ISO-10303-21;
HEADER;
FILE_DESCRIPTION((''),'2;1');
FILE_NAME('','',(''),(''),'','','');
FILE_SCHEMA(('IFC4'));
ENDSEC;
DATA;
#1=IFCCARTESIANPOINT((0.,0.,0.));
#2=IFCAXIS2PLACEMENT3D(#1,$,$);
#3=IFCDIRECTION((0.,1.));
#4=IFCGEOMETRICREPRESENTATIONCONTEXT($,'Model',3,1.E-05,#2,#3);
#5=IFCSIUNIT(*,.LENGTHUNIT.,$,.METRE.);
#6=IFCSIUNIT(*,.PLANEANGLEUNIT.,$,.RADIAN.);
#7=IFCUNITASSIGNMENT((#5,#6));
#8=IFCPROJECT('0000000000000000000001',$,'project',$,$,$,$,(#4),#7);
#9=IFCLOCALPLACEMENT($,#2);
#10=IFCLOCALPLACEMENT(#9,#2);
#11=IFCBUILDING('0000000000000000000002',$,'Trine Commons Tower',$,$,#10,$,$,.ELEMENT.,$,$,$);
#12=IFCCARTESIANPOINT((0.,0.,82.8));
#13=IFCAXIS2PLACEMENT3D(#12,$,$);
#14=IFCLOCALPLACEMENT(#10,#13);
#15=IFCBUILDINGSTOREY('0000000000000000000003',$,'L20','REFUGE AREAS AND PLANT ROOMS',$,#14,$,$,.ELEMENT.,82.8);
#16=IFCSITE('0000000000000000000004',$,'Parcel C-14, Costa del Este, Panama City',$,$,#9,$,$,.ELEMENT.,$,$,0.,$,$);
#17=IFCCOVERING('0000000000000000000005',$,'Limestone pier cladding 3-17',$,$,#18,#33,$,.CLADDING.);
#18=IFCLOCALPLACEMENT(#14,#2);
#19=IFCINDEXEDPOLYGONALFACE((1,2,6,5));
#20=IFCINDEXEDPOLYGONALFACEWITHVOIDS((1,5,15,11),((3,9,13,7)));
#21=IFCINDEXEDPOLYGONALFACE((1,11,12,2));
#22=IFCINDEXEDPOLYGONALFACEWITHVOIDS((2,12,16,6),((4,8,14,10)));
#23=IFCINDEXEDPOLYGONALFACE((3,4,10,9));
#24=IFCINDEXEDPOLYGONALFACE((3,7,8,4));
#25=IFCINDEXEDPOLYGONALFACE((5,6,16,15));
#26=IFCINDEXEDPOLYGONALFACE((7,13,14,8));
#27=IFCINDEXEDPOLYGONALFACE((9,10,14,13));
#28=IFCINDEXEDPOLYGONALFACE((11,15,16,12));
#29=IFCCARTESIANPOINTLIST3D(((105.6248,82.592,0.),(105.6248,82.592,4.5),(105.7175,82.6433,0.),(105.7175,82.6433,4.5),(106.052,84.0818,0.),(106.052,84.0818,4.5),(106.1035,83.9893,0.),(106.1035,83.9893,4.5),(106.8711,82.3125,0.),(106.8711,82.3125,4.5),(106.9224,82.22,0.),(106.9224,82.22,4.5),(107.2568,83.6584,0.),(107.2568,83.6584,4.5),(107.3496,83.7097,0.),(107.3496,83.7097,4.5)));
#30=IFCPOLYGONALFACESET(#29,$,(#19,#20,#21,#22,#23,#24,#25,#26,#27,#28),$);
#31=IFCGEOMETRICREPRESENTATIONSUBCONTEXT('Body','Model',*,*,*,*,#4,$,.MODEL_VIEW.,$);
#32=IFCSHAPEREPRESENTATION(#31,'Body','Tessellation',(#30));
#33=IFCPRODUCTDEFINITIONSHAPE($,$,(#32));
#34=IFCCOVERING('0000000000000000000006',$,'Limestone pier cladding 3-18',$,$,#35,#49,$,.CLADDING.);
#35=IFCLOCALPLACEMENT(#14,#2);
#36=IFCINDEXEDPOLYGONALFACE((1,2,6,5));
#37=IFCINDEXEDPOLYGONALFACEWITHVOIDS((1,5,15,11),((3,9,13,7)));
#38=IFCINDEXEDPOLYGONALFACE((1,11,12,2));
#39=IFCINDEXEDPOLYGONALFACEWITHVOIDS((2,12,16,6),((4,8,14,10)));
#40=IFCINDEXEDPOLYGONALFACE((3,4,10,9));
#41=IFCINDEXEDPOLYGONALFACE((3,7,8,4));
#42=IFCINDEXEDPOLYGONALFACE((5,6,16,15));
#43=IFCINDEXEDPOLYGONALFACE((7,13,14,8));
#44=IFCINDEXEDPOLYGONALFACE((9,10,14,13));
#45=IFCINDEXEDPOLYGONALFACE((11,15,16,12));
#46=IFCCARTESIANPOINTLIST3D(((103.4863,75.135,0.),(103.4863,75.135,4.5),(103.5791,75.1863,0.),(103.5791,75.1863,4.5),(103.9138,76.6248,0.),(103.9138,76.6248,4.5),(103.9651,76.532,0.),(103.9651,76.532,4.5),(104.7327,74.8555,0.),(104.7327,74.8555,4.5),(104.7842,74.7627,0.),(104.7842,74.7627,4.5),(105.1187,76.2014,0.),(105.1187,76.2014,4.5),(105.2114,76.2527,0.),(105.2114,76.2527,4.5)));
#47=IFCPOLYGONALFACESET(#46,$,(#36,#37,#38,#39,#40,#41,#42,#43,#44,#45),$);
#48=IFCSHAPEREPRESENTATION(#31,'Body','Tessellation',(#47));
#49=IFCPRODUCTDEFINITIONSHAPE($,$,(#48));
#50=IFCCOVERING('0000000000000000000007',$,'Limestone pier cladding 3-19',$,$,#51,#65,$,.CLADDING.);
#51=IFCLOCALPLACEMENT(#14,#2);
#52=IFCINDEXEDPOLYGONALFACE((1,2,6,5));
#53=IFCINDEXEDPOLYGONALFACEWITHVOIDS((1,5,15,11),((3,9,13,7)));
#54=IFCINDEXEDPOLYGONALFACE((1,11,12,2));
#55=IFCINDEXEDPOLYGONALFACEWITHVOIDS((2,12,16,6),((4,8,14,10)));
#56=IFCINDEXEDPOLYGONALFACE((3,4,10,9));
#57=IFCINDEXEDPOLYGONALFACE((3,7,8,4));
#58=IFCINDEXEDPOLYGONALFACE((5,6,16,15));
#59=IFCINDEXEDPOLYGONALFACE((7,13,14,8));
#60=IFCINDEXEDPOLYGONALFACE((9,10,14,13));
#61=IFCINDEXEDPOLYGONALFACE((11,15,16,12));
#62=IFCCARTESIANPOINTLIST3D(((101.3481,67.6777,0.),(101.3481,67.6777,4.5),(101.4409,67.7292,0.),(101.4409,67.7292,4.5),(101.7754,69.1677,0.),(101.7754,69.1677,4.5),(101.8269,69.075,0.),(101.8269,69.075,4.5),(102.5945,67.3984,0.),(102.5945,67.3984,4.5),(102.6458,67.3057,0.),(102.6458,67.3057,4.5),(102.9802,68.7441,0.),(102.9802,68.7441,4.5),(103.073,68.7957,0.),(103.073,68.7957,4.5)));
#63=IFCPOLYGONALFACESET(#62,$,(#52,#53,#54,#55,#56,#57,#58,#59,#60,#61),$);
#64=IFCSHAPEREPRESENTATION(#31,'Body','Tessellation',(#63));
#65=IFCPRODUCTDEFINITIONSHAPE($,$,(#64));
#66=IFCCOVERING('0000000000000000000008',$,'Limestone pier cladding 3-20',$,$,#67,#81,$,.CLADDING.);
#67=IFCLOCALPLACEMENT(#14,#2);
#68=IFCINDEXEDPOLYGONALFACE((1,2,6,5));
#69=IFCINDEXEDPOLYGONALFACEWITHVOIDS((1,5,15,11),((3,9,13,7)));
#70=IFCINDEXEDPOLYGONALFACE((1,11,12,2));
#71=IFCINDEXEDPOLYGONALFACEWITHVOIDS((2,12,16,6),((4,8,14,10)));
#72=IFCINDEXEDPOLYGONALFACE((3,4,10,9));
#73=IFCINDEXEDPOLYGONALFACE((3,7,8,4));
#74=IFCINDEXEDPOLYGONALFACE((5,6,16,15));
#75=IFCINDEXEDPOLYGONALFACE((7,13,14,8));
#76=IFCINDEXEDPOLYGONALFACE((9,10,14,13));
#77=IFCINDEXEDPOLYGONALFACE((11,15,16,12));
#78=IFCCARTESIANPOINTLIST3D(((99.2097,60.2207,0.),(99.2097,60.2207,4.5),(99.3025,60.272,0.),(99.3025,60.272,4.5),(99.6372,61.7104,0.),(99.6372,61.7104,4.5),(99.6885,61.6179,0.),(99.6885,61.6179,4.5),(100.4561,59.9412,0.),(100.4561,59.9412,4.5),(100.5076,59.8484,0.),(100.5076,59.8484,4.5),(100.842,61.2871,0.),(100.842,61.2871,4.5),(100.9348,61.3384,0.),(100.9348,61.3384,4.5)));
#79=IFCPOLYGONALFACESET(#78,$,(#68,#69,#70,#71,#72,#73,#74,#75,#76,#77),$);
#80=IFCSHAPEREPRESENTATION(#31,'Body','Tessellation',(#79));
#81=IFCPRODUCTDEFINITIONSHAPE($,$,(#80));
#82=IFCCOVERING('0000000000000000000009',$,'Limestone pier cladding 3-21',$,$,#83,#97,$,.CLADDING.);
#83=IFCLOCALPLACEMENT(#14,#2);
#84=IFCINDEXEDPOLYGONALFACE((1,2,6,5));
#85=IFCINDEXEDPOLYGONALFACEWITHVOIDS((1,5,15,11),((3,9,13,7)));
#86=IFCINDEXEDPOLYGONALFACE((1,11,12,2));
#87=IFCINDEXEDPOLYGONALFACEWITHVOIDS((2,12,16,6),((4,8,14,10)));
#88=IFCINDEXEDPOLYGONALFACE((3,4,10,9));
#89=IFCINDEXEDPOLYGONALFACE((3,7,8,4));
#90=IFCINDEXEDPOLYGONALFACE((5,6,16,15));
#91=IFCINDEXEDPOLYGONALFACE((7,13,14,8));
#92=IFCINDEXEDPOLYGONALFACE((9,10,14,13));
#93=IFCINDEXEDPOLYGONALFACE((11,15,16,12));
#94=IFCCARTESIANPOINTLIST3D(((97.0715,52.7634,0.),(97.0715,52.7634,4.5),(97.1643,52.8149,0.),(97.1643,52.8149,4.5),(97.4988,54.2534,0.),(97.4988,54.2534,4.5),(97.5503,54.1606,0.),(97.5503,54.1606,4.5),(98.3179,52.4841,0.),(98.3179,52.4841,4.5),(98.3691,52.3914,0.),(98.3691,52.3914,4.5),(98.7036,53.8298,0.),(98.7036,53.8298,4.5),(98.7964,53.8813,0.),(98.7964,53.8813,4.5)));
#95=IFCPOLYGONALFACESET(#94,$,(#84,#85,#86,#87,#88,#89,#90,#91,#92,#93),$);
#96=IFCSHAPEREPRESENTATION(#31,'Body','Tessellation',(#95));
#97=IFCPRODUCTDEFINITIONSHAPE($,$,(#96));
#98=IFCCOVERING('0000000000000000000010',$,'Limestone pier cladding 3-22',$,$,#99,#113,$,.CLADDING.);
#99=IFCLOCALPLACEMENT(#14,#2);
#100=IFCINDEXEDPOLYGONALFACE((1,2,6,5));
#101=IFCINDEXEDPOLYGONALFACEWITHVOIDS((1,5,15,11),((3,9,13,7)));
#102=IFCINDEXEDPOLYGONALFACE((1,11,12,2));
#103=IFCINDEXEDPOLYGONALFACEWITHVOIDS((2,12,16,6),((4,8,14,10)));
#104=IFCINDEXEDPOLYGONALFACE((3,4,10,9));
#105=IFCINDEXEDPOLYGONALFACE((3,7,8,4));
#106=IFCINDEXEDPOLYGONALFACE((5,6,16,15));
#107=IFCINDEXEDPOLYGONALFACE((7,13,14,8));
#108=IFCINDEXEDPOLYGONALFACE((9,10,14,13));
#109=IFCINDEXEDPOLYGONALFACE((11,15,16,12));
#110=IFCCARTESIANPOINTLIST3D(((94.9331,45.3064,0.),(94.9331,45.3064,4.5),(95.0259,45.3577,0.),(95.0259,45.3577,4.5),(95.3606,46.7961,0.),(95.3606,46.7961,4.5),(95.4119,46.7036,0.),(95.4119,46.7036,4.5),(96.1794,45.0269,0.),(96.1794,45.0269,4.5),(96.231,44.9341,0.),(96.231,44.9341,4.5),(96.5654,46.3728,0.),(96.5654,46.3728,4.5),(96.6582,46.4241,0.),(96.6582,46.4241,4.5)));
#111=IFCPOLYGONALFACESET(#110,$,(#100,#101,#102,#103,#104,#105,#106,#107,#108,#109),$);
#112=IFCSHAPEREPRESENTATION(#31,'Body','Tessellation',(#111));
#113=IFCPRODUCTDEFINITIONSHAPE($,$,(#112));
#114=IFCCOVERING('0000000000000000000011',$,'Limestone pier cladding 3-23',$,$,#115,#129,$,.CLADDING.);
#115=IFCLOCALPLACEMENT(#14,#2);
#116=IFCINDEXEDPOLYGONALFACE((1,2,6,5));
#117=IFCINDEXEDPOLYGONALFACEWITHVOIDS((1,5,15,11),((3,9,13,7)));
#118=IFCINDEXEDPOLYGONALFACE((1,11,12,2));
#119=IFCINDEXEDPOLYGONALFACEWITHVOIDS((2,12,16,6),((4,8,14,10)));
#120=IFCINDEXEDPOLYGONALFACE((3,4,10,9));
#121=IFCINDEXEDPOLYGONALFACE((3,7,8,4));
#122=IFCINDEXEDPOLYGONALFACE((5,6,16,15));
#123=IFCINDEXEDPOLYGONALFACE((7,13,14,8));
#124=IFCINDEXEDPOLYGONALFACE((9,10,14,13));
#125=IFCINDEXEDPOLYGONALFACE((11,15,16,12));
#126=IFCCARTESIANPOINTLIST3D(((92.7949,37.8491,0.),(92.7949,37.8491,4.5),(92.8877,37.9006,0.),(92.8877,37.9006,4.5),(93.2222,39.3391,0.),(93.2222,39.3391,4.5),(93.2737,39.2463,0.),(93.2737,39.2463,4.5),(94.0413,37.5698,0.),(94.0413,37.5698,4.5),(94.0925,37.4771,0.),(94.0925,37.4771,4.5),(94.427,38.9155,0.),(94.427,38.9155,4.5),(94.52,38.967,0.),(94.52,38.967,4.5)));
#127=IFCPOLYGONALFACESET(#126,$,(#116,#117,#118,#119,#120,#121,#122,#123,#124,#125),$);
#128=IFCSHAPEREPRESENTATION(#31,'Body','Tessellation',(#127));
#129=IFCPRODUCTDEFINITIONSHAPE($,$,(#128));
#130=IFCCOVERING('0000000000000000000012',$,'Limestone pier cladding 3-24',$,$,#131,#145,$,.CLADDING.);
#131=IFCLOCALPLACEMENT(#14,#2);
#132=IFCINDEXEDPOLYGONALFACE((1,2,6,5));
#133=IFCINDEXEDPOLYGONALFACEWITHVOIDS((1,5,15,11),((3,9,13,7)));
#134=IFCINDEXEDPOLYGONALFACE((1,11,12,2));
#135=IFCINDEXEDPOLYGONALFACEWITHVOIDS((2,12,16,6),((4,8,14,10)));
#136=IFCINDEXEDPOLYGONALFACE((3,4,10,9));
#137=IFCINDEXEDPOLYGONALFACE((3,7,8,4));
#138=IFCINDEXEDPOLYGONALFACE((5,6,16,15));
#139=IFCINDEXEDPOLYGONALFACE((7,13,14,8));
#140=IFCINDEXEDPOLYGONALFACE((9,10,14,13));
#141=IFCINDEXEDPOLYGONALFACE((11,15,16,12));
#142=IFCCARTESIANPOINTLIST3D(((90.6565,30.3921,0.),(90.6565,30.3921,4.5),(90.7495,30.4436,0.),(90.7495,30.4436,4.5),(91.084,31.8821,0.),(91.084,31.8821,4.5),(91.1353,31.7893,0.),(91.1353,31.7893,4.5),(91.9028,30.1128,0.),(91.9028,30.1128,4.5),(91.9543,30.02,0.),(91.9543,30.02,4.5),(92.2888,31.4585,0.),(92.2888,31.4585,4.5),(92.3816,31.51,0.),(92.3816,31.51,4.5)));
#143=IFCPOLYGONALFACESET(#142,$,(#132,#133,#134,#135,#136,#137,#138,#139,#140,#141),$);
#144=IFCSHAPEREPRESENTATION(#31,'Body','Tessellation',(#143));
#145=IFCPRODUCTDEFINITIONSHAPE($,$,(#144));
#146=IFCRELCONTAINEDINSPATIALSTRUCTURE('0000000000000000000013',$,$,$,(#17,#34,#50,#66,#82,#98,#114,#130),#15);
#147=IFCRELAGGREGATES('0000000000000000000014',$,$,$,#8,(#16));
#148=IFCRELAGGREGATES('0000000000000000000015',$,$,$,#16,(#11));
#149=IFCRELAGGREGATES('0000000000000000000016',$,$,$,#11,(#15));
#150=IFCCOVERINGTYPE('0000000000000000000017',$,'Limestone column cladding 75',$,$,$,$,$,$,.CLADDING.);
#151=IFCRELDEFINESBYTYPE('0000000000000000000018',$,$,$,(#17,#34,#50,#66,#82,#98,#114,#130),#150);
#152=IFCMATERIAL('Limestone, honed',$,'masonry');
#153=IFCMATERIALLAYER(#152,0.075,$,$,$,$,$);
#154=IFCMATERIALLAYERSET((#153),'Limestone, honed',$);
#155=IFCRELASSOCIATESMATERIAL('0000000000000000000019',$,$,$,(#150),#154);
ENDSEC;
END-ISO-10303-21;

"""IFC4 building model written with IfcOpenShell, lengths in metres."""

from ifc_helpers import new_model, si_unit, direction, frame, origin, place, context, subcontext, project, spatial, polyline, outline, extrude, material, layer, layer_set, type_object, element, save


model = new_model("IFC4")

# Units and contexts
model_context = context("Model", 3, precision=1e-05, world=origin(), true_north=direction((0.0, 1.0)))
body_context = subcontext(model_context, "Body", "Model", "MODEL_VIEW")
ifc_project = project(units=[si_unit("LENGTHUNIT", "METRE"), si_unit("PLANEANGLEUNIT", "RADIAN")], contexts=[model_context])

# Site, building, storey
site_placement = place(None, origin())
site = spatial("IfcSite", under=ifc_project, at=site_placement, Name="Parcel C-14, Costa del Este, Panama City", CompositionType="ELEMENT", RefElevation=0.0)
building_placement = place(site_placement, origin())
building = spatial("IfcBuilding", under=site, at=building_placement, Name="Trine Commons Tower", CompositionType="ELEMENT")
storey_placement = place(building_placement, frame((0.0, 0.0, 82.8)))
storey = spatial("IfcBuildingStorey", under=building, at=storey_placement, Name="L20", Description="REFUGE AREAS AND PLANT ROOMS", CompositionType="ELEMENT", Elevation=82.8)

# Coverings
ifc_material_1 = material(Name="Limestone, honed", Category="masonry")
ifc_layer_1 = layer(ifc_material_1, 0.075)
ifc_layer_set_1 = layer_set([ifc_layer_1], Name="Limestone, honed")
covering_type_1 = type_object("IfcCoveringType", Name="Limestone column cladding 75", PredefinedType="CLADDING", material=ifc_layer_set_1)
covering_1_placement = place(storey_placement, origin())
element("IfcCovering", 1, at=covering_1_placement, inside=storey, type_object=covering_type_1, Name="Limestone pier cladding 3-17", PredefinedType="CLADDING", context=body_context, shape_type="SweptSolid", body=[
    extrude(outline(polyline([(107.3496, 83.7097), (106.052, 84.0818), (105.6248, 82.592), (106.9224, 82.22), (107.3496, 83.7097)]), holes=[polyline([(107.2568, 83.6584), (106.1035, 83.9893), (105.7175, 82.6433), (106.8711, 82.3125), (107.2568, 83.6584)])]), origin(), (0.0, 0.0, 1.0), 4.5),
])
covering_2_placement = place(storey_placement, origin())
element("IfcCovering", 2, at=covering_2_placement, inside=storey, type_object=covering_type_1, Name="Limestone pier cladding 3-18", PredefinedType="CLADDING", context=body_context, shape_type="SweptSolid", body=[
    extrude(outline(polyline([(105.2114, 76.2527), (103.9138, 76.6248), (103.4863, 75.135), (104.7842, 74.7627), (105.2114, 76.2527)]), holes=[polyline([(105.1187, 76.2014), (103.9651, 76.532), (103.5791, 75.1863), (104.7327, 74.8555), (105.1187, 76.2014)])]), origin(), (0.0, 0.0, 1.0), 4.5),
])
covering_3_placement = place(storey_placement, origin())
element("IfcCovering", 3, at=covering_3_placement, inside=storey, type_object=covering_type_1, Name="Limestone pier cladding 3-19", PredefinedType="CLADDING", context=body_context, shape_type="SweptSolid", body=[
    extrude(outline(polyline([(103.073, 68.7957), (101.7754, 69.1677), (101.3481, 67.6777), (102.6458, 67.3057), (103.073, 68.7957)]), holes=[polyline([(102.9802, 68.7441), (101.8269, 69.075), (101.4409, 67.7292), (102.5945, 67.3984), (102.9802, 68.7441)])]), origin(), (0.0, 0.0, 1.0), 4.5),
])
covering_4_placement = place(storey_placement, origin())
element("IfcCovering", 4, at=covering_4_placement, inside=storey, type_object=covering_type_1, Name="Limestone pier cladding 3-20", PredefinedType="CLADDING", context=body_context, shape_type="SweptSolid", body=[
    extrude(outline(polyline([(100.9348, 61.3384), (99.6372, 61.7104), (99.2097, 60.2207), (100.5076, 59.8484), (100.9348, 61.3384)]), holes=[polyline([(100.842, 61.2871), (99.6885, 61.6179), (99.3025, 60.272), (100.4561, 59.9412), (100.842, 61.2871)])]), origin(), (0.0, 0.0, 1.0), 4.5),
])
covering_5_placement = place(storey_placement, origin())
element("IfcCovering", 5, at=covering_5_placement, inside=storey, type_object=covering_type_1, Name="Limestone pier cladding 3-21", PredefinedType="CLADDING", context=body_context, shape_type="SweptSolid", body=[
    extrude(outline(polyline([(98.7964, 53.8813), (97.4988, 54.2534), (97.0715, 52.7634), (98.3691, 52.3914), (98.7964, 53.8813)]), holes=[polyline([(98.7036, 53.8298), (97.5503, 54.1606), (97.1643, 52.8149), (98.3179, 52.4841), (98.7036, 53.8298)])]), origin(), (0.0, 0.0, 1.0), 4.5),
])
covering_6_placement = place(storey_placement, origin())
element("IfcCovering", 6, at=covering_6_placement, inside=storey, type_object=covering_type_1, Name="Limestone pier cladding 3-22", PredefinedType="CLADDING", context=body_context, shape_type="SweptSolid", body=[
    extrude(outline(polyline([(96.6582, 46.4241), (95.3606, 46.7961), (94.9331, 45.3064), (96.231, 44.9341), (96.6582, 46.4241)]), holes=[polyline([(96.5654, 46.3728), (95.4119, 46.7036), (95.0259, 45.3577), (96.1794, 45.0269), (96.5654, 46.3728)])]), origin(), (0.0, 0.0, 1.0), 4.5),
])
covering_7_placement = place(storey_placement, origin())
element("IfcCovering", 7, at=covering_7_placement, inside=storey, type_object=covering_type_1, Name="Limestone pier cladding 3-23", PredefinedType="CLADDING", context=body_context, shape_type="SweptSolid", body=[
    extrude(outline(polyline([(94.52, 38.967), (93.2222, 39.3391), (92.7949, 37.8491), (94.0925, 37.4771), (94.52, 38.967)]), holes=[polyline([(94.427, 38.9155), (93.2737, 39.2463), (92.8877, 37.9006), (94.0413, 37.5698), (94.427, 38.9155)])]), origin(), (0.0, 0.0, 1.0), 4.5),
])
covering_8_placement = place(storey_placement, origin())
element("IfcCovering", 8, at=covering_8_placement, inside=storey, type_object=covering_type_1, Name="Limestone pier cladding 3-24", PredefinedType="CLADDING", context=body_context, shape_type="SweptSolid", body=[
    extrude(outline(polyline([(92.3816, 31.51), (91.084, 31.8821), (90.6565, 30.3921), (91.9543, 30.02), (92.3816, 31.51)]), holes=[polyline([(92.2888, 31.4585), (91.1353, 31.7893), (90.7495, 30.4436), (91.9028, 30.1128), (92.2888, 31.4585)])]), origin(), (0.0, 0.0, 1.0), 4.5),
])

save(model, "model.ifc")
